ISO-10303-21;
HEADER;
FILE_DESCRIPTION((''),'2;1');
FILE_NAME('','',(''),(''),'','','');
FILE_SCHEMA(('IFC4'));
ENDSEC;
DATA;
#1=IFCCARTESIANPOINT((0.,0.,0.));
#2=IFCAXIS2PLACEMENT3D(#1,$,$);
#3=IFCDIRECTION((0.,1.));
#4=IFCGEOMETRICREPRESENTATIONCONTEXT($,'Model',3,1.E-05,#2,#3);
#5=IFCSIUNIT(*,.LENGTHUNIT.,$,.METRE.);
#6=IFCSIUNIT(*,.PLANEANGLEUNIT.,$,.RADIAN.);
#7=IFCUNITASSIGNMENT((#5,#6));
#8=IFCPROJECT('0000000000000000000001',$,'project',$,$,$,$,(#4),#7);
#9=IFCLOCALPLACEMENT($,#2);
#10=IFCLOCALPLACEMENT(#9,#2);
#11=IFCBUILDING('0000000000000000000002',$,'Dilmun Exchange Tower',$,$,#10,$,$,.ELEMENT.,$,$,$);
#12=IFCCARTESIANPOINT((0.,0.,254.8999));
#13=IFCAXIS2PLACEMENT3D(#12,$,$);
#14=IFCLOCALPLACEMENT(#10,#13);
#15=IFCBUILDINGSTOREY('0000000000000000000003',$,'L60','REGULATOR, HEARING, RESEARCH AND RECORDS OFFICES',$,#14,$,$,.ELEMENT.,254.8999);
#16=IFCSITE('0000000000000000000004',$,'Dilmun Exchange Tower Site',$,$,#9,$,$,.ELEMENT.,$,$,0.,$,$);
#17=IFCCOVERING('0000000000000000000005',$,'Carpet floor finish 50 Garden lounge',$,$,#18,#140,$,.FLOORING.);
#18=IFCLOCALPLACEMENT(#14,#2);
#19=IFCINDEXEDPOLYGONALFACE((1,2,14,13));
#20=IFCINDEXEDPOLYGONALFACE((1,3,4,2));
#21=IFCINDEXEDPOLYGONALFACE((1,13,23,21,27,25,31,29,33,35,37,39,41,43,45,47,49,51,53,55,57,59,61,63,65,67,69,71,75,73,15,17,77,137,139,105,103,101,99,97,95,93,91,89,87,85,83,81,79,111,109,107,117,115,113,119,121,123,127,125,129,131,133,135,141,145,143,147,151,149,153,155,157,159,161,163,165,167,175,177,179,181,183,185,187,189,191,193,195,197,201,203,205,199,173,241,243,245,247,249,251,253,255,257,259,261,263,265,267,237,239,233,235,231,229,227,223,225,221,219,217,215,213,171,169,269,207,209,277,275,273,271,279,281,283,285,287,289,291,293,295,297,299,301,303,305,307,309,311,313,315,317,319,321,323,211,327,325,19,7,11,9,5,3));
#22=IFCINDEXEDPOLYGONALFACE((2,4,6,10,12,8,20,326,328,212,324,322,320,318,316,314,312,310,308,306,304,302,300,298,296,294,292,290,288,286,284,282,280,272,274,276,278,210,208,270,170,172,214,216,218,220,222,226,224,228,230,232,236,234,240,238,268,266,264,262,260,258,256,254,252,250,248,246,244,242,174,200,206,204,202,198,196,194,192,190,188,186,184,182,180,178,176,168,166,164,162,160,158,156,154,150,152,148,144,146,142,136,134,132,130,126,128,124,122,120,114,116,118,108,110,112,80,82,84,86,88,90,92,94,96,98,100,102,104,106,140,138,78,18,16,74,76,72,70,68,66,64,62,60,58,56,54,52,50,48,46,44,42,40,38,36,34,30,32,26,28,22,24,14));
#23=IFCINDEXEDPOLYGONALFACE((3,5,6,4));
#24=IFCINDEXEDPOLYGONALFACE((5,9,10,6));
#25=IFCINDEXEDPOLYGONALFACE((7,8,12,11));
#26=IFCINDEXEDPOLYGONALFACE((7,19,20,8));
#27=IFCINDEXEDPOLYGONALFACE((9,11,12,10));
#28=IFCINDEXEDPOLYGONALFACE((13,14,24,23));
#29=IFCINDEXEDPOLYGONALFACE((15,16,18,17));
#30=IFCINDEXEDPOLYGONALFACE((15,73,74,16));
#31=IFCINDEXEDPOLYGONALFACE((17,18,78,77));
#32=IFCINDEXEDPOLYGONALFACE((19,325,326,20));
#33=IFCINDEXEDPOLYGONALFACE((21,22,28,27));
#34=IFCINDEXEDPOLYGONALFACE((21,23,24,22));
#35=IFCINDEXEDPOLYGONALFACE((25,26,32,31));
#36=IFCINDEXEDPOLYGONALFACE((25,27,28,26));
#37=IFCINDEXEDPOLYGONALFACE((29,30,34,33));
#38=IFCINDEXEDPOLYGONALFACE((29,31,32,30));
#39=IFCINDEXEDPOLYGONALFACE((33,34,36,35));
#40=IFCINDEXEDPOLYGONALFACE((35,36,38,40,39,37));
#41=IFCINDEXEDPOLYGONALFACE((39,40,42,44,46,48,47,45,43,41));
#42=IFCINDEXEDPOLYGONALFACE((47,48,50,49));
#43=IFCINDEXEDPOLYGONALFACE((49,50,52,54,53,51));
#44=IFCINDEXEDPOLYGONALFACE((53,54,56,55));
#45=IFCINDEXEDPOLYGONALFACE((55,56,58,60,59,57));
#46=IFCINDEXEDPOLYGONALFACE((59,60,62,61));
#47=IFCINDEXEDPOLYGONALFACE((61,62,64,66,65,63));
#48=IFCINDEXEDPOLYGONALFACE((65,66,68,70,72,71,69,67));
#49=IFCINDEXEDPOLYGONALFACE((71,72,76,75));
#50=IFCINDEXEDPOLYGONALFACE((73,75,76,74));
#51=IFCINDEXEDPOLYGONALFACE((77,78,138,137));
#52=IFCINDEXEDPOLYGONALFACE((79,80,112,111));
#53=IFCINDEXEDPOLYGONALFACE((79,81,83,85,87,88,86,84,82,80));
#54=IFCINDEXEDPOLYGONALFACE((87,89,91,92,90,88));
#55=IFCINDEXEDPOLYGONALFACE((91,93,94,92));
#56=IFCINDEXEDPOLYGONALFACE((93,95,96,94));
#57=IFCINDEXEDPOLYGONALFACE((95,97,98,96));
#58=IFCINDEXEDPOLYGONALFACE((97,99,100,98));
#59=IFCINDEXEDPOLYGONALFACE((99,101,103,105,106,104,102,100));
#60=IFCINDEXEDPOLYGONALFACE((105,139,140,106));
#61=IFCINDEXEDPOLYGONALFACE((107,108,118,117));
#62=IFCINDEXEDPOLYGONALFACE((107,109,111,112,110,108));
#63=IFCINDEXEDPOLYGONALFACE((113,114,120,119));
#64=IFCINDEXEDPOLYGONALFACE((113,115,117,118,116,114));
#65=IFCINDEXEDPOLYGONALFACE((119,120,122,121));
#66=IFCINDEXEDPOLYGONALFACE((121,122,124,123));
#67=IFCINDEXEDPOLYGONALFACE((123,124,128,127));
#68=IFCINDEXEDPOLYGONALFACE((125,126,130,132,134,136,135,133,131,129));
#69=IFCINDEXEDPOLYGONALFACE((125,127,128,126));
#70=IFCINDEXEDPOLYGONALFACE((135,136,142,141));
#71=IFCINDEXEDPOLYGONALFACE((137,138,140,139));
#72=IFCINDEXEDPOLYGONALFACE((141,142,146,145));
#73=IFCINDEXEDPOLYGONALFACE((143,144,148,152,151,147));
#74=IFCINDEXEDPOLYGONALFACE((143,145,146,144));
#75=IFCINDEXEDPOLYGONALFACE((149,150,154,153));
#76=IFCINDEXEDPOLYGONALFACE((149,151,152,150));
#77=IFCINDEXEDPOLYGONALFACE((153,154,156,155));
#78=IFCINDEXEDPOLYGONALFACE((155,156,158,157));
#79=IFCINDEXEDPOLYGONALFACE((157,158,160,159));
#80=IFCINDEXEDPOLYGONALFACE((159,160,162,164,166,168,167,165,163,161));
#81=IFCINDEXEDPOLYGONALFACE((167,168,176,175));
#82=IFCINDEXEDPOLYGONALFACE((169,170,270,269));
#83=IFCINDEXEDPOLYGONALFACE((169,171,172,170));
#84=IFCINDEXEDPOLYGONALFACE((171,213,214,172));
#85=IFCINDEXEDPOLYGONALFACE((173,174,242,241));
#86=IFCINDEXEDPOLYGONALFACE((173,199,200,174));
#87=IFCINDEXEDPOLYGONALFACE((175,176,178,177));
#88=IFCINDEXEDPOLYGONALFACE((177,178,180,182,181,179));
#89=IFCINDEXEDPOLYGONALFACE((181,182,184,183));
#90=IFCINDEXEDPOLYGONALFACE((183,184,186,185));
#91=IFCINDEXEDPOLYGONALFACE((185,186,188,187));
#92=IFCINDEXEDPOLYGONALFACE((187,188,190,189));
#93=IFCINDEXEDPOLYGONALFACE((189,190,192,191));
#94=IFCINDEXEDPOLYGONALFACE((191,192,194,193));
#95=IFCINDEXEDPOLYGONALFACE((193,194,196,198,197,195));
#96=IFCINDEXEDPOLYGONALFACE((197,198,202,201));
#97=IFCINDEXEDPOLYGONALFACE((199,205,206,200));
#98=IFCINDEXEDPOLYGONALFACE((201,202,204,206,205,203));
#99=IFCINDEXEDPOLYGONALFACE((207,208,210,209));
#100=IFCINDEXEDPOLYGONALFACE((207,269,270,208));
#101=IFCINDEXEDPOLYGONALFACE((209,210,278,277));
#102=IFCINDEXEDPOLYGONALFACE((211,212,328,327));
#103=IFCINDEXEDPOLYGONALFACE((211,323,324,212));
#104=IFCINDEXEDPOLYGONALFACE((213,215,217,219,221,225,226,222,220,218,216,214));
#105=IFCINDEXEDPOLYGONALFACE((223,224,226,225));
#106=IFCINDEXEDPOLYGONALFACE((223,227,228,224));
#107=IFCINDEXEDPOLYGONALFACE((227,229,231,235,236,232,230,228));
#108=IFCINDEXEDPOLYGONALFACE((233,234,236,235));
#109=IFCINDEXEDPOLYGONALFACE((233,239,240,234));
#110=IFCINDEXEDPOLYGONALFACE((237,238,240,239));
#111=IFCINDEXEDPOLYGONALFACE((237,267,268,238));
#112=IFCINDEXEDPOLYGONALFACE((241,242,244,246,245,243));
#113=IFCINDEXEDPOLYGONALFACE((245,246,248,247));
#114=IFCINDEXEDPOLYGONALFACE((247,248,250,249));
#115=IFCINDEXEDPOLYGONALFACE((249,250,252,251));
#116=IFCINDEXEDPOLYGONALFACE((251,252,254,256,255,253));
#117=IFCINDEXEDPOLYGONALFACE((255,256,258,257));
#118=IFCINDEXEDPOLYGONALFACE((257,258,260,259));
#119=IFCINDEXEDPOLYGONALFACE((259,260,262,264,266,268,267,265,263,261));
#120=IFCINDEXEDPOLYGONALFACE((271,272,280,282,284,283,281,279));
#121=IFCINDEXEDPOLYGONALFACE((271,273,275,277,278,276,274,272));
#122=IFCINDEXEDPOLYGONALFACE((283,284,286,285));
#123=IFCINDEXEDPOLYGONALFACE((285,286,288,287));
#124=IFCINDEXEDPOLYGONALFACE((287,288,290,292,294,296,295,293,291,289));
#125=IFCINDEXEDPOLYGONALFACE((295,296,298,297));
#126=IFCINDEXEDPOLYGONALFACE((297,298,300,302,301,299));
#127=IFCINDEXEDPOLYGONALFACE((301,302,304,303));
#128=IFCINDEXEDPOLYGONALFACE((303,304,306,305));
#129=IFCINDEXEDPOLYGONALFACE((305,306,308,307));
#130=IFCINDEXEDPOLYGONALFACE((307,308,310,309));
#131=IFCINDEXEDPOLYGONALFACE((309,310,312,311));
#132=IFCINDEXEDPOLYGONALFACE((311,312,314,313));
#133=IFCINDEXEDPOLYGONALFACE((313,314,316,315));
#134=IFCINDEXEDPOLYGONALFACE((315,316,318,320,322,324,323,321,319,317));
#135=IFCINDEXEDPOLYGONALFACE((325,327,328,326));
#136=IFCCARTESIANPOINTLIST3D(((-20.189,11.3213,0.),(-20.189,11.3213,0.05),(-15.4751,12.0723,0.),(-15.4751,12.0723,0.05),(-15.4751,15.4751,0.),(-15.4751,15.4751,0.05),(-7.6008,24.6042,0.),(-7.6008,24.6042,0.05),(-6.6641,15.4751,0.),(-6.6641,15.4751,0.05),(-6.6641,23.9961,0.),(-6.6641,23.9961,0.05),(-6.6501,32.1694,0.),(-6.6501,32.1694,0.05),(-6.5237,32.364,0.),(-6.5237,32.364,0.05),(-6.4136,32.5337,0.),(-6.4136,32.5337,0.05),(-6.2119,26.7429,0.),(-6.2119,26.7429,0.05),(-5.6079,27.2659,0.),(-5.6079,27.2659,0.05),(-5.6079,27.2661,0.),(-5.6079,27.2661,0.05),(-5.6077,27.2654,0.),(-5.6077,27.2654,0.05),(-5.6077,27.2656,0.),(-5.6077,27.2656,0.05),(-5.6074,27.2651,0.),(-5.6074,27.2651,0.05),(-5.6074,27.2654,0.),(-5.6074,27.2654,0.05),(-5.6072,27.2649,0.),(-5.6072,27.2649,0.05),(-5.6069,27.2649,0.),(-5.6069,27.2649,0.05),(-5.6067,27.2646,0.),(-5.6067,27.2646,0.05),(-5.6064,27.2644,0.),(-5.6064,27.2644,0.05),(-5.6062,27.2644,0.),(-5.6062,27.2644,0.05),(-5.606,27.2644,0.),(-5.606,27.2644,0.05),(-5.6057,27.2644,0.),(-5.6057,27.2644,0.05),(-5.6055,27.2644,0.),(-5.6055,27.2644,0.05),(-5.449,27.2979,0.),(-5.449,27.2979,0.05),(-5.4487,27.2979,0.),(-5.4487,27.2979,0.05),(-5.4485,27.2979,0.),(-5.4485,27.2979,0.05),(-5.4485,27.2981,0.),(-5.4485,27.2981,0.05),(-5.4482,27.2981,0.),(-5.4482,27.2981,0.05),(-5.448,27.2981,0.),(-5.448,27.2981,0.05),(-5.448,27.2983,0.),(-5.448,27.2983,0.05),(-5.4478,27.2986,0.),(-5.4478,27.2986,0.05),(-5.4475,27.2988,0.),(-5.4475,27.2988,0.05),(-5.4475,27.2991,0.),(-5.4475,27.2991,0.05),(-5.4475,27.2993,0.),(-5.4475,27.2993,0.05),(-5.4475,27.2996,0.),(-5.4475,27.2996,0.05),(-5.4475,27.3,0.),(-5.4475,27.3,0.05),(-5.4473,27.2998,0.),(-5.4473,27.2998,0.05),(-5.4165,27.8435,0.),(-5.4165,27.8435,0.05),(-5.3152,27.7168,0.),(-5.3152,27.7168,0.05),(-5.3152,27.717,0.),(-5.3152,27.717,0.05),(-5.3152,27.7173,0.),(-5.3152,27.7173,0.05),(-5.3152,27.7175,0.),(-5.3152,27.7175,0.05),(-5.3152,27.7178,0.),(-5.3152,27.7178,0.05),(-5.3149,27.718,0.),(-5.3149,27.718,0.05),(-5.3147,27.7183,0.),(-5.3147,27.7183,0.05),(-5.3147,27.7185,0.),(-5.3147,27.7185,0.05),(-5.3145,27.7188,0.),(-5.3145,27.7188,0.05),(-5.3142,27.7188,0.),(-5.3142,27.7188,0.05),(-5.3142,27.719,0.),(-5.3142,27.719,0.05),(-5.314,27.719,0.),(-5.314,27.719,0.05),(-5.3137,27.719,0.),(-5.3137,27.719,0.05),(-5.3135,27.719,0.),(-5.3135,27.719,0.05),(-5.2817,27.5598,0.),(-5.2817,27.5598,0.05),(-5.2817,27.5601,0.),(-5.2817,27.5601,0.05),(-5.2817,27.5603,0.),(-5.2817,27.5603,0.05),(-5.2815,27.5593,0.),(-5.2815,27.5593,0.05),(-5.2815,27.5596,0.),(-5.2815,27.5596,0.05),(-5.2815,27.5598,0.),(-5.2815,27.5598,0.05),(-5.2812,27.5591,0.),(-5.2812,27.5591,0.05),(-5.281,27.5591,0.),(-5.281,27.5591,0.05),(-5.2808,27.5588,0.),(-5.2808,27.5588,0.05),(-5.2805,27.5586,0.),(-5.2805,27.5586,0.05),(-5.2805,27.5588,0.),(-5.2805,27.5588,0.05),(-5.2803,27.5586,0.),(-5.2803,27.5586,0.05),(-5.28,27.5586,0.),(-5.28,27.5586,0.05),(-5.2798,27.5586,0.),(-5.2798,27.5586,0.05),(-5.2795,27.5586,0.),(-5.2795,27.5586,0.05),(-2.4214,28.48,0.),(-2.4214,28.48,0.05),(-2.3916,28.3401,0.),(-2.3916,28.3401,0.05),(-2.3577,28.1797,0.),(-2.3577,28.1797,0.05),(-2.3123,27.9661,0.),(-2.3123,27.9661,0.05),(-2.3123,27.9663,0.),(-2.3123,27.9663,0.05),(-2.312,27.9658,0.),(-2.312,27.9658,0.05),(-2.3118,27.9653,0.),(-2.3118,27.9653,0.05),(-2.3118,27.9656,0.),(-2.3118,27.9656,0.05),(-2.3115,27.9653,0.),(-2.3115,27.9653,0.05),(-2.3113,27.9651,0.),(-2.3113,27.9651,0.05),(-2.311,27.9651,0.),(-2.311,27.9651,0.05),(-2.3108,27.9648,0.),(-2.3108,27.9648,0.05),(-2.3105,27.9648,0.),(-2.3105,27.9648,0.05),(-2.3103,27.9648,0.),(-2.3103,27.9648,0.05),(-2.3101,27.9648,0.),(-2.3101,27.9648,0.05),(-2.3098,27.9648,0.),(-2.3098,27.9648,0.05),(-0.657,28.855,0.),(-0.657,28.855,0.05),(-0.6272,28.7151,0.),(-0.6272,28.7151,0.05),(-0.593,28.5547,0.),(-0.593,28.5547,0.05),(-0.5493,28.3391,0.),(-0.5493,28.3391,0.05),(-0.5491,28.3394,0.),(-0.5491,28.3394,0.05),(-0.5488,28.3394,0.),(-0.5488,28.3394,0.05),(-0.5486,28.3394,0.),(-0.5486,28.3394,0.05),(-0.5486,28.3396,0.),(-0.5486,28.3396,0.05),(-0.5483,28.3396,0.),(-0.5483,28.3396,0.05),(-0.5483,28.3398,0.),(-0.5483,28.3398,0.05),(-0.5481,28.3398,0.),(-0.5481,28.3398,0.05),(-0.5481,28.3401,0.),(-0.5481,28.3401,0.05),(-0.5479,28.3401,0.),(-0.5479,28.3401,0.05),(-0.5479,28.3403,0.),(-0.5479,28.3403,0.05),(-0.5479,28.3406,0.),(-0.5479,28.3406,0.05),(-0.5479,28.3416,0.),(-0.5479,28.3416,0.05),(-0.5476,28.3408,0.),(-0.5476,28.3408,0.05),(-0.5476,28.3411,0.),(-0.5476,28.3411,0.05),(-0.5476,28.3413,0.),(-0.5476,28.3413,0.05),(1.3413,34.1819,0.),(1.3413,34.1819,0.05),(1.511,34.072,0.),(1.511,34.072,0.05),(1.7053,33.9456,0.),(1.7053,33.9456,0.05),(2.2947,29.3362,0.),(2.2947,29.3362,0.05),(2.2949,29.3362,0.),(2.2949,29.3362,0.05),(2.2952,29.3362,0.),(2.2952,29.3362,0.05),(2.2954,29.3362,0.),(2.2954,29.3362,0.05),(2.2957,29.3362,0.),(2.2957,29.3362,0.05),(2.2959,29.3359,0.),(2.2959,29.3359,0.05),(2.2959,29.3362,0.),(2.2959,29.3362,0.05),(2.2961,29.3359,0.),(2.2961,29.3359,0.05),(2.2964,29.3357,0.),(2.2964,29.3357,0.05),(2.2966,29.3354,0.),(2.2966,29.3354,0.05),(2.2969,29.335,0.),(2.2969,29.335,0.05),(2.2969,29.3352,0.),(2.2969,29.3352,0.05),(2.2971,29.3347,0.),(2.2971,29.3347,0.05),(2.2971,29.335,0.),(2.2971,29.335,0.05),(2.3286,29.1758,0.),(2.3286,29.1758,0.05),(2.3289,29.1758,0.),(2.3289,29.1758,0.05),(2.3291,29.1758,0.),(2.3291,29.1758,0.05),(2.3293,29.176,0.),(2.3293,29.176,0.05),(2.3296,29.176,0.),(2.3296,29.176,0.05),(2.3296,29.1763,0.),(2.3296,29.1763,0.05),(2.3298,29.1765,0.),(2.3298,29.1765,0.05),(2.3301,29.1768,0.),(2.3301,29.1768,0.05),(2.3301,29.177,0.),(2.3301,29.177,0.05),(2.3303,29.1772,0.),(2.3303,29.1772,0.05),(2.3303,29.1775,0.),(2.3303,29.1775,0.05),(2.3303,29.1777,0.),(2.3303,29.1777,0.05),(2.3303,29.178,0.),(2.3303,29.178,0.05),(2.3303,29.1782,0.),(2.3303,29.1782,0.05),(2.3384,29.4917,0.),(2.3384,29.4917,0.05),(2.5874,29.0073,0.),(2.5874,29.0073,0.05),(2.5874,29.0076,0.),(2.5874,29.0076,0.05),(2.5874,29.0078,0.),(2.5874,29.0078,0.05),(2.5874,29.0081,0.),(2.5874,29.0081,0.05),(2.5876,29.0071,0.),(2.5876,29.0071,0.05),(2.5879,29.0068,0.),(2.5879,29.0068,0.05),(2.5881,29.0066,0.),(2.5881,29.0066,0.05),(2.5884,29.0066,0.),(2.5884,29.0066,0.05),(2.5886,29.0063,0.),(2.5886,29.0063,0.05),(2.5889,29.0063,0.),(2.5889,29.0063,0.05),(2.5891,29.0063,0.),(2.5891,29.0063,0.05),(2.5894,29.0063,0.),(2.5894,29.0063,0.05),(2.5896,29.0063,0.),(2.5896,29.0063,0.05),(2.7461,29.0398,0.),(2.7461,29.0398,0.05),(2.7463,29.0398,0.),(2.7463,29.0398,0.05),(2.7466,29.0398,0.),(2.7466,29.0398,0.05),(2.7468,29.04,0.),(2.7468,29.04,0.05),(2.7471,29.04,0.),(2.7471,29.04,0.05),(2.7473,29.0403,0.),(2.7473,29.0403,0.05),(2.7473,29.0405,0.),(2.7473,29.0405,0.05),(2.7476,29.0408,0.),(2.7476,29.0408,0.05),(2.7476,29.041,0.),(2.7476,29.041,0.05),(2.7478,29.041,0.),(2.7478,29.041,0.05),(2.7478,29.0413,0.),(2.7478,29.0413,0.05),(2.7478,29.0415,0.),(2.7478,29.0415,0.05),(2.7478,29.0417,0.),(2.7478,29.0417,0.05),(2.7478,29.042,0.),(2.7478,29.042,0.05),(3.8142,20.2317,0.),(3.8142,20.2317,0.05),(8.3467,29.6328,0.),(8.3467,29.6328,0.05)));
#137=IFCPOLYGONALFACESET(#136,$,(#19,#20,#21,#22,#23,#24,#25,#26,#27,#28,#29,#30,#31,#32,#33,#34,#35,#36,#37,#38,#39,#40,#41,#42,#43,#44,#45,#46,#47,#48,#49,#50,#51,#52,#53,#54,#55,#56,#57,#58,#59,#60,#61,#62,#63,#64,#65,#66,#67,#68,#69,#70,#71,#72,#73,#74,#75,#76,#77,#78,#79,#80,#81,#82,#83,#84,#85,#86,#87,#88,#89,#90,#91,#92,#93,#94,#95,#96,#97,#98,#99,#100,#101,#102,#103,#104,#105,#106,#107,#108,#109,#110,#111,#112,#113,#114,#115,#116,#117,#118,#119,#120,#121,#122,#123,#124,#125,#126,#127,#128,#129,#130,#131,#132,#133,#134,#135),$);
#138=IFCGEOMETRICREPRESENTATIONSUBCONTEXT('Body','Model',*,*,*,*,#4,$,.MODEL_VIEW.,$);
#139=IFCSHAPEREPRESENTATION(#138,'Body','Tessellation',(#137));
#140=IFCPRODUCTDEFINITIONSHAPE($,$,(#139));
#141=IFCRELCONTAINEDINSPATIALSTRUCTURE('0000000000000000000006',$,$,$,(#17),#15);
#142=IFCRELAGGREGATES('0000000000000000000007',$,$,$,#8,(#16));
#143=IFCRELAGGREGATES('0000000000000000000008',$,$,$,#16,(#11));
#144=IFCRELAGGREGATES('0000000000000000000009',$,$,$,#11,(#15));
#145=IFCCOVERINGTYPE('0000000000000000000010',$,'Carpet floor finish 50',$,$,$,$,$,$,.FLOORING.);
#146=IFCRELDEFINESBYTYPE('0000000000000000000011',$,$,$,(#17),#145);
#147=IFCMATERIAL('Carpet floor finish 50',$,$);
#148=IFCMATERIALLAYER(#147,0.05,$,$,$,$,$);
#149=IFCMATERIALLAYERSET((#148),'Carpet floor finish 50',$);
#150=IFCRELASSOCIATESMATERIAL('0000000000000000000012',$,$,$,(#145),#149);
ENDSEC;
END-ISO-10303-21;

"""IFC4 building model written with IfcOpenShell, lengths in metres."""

from ifc_helpers import new_model, si_unit, direction, frame, origin, place, context, subcontext, project, spatial, polyline, outline, extrude, material, layer, layer_set, type_object, element, save


model = new_model("IFC4")

# Units and contexts
model_context = context("Model", 3, precision=1e-05, world=origin(), true_north=direction((0.0, 1.0)))
body_context = subcontext(model_context, "Body", "Model", "MODEL_VIEW")
ifc_project = project(units=[si_unit("LENGTHUNIT", "METRE"), si_unit("PLANEANGLEUNIT", "RADIAN")], contexts=[model_context])

# Site, building, storey
site_placement = place(None, origin())
site = spatial("IfcSite", under=ifc_project, at=site_placement, Name="Dilmun Exchange Tower Site", CompositionType="ELEMENT", RefElevation=0.0)
building_placement = place(site_placement, origin())
building = spatial("IfcBuilding", under=site, at=building_placement, Name="Dilmun Exchange Tower", CompositionType="ELEMENT")
storey_placement = place(building_placement, frame((0.0, 0.0, 254.8999)))
storey = spatial("IfcBuildingStorey", under=building, at=storey_placement, Name="L60", Description="REGULATOR, HEARING, RESEARCH AND RECORDS OFFICES", CompositionType="ELEMENT", Elevation=254.8999)

# Covering
ifc_material_1 = material(Name="Carpet floor finish 50")
ifc_layer_1 = layer(ifc_material_1, 0.05)
ifc_layer_set_1 = layer_set([ifc_layer_1], Name="Carpet floor finish 50")
covering_type_1 = type_object("IfcCoveringType", Name="Carpet floor finish 50", PredefinedType="FLOORING", material=ifc_layer_set_1)
covering_1_placement = place(storey_placement, origin())
element("IfcCovering", 1, at=covering_1_placement, inside=storey, type_object=covering_type_1, Name="Carpet floor finish 50 Garden lounge", PredefinedType="FLOORING", context=body_context, shape_type="SweptSolid", body=[
    extrude(outline(polyline([(-2.4214, 28.48), (-2.3916, 28.3401), (-5.3135, 27.719), (-5.3137, 27.719), (-5.314, 27.719), (-5.3142, 27.719), (-5.3142, 27.7188), (-5.3145, 27.7188), (-5.3147, 27.7185), (-5.3147, 27.7185), (-5.3147, 27.7183), (-5.3149, 27.718), (-5.3149, 27.718), (-5.3152, 27.7178), (-5.3152, 27.7175), (-5.3152, 27.7173), (-5.3152, 27.717), (-5.3152, 27.7168), (-5.3152, 27.7168), (-5.2817, 27.5603), (-5.2817, 27.5601), (-5.2817, 27.5598), (-5.2815, 27.5598), (-5.2815, 27.5596), (-5.2815, 27.5593), (-5.2812, 27.5591), (-5.281, 27.5591), (-5.281, 27.5591), (-5.2808, 27.5588), (-5.2805, 27.5588), (-5.2805, 27.5586), (-5.2803, 27.5586), (-5.28, 27.5586), (-5.2798, 27.5586), (-5.2795, 27.5586), (-5.2795, 27.5586), (-2.3577, 28.1797), (-2.3123, 27.9663), (-2.3123, 27.9663), (-2.3123, 27.9661), (-2.312, 27.9658), (-2.312, 27.9658), (-2.3118, 27.9656), (-2.3118, 27.9653), (-2.3115, 27.9653), (-2.3113, 27.9651), (-2.3113, 27.9651), (-2.311, 27.9651), (-2.3108, 27.9648), (-2.3108, 27.9648), (-2.3105, 27.9648), (-2.3103, 27.9648), (-2.3101, 27.9648), (-2.3098, 27.9648), (-0.5493, 28.3391), (-0.5491, 28.3394), (-0.5488, 28.3394), (-0.5486, 28.3394), (-0.5486, 28.3396), (-0.5483, 28.3396), (-0.5483, 28.3398), (-0.5481, 28.3398), (-0.5481, 28.3401), (-0.5479, 28.3401), (-0.5479, 28.3403), (-0.5479, 28.3406), (-0.5476, 28.3408), (-0.5476, 28.3411), (-0.5476, 28.3413), (-0.5476, 28.3413), (-0.5479, 28.3416), (-0.593, 28.5547), (2.3286, 29.1758), (2.3289, 29.1758), (2.3291, 29.1758), (2.3293, 29.176), (2.3296, 29.176), (2.3296, 29.1763), (2.3298, 29.1765), (2.3298, 29.1765), (2.3301, 29.1768), (2.3301, 29.1768), (2.3301, 29.177), (2.3303, 29.1772), (2.3303, 29.1775), (2.3303, 29.1775), (2.3303, 29.1777), (2.3303, 29.178), (2.3303, 29.1782), (2.2971, 29.3347), (2.2971, 29.335), (2.2969, 29.335), (2.2969, 29.3352), (2.2966, 29.3354), (2.2966, 29.3354), (2.2964, 29.3357), (2.2964, 29.3357), (2.2961, 29.3359), (2.2959, 29.3359), (2.2959, 29.3362), (2.2957, 29.3362), (2.2954, 29.3362), (2.2952, 29.3362), (2.2949, 29.3362), (2.2949, 29.3362), (2.2947, 29.3362), (-0.6272, 28.7151), (-0.657, 28.855), (2.3384, 29.4917), (1.3413, 34.1819), (1.511, 34.072), (2.5874, 29.0081), (2.5874, 29.0078), (2.5874, 29.0076), (2.5874, 29.0073), (2.5876, 29.0071), (2.5876, 29.0071), (2.5879, 29.0068), (2.5879, 29.0068), (2.5881, 29.0066), (2.5884, 29.0066), (2.5884, 29.0066), (2.5886, 29.0063), (2.5889, 29.0063), (2.5891, 29.0063), (2.5894, 29.0063), (2.5896, 29.0063), (2.5896, 29.0063), (2.7461, 29.0398), (2.7463, 29.0398), (2.7466, 29.0398), (2.7466, 29.0398), (2.7468, 29.04), (2.7471, 29.04), (2.7473, 29.0403), (2.7473, 29.0403), (2.7473, 29.0405), (2.7476, 29.0408), (2.7476, 29.041), (2.7478, 29.041), (2.7478, 29.0413), (2.7478, 29.0415), (2.7478, 29.0417), (2.7478, 29.042), (2.7478, 29.042), (1.7053, 33.9456), (8.3467, 29.6328), (3.8142, 20.2317), (-6.2119, 26.7429), (-7.6008, 24.6042), (-6.6641, 23.9961), (-6.6641, 15.4751), (-15.4751, 15.4751), (-15.4751, 12.0723), (-20.189, 11.3213), (-6.6501, 32.1694), (-5.6079, 27.2661), (-5.6079, 27.2659), (-5.6077, 27.2656), (-5.6077, 27.2654), (-5.6074, 27.2654), (-5.6074, 27.2651), (-5.6072, 27.2649), (-5.6072, 27.2649), (-5.6069, 27.2649), (-5.6067, 27.2646), (-5.6067, 27.2646), (-5.6064, 27.2644), (-5.6062, 27.2644), (-5.606, 27.2644), (-5.6057, 27.2644), (-5.6057, 27.2644), (-5.6055, 27.2644), (-5.449, 27.2979), (-5.4487, 27.2979), (-5.4485, 27.2979), (-5.4485, 27.2981), (-5.4482, 27.2981), (-5.448, 27.2981), (-5.448, 27.2983), (-5.4478, 27.2986), (-5.4478, 27.2986), (-5.4475, 27.2988), (-5.4475, 27.2991), (-5.4475, 27.2993), (-5.4475, 27.2993), (-5.4475, 27.2996), (-5.4473, 27.2998), (-5.4475, 27.3), (-5.4475, 27.3), (-6.5237, 32.364), (-6.4136, 32.5337), (-5.4165, 27.8435), (-2.4214, 28.48)])), origin(), (0.0, 0.0, 1.0), 0.05),
])

save(model, "model.ifc")
